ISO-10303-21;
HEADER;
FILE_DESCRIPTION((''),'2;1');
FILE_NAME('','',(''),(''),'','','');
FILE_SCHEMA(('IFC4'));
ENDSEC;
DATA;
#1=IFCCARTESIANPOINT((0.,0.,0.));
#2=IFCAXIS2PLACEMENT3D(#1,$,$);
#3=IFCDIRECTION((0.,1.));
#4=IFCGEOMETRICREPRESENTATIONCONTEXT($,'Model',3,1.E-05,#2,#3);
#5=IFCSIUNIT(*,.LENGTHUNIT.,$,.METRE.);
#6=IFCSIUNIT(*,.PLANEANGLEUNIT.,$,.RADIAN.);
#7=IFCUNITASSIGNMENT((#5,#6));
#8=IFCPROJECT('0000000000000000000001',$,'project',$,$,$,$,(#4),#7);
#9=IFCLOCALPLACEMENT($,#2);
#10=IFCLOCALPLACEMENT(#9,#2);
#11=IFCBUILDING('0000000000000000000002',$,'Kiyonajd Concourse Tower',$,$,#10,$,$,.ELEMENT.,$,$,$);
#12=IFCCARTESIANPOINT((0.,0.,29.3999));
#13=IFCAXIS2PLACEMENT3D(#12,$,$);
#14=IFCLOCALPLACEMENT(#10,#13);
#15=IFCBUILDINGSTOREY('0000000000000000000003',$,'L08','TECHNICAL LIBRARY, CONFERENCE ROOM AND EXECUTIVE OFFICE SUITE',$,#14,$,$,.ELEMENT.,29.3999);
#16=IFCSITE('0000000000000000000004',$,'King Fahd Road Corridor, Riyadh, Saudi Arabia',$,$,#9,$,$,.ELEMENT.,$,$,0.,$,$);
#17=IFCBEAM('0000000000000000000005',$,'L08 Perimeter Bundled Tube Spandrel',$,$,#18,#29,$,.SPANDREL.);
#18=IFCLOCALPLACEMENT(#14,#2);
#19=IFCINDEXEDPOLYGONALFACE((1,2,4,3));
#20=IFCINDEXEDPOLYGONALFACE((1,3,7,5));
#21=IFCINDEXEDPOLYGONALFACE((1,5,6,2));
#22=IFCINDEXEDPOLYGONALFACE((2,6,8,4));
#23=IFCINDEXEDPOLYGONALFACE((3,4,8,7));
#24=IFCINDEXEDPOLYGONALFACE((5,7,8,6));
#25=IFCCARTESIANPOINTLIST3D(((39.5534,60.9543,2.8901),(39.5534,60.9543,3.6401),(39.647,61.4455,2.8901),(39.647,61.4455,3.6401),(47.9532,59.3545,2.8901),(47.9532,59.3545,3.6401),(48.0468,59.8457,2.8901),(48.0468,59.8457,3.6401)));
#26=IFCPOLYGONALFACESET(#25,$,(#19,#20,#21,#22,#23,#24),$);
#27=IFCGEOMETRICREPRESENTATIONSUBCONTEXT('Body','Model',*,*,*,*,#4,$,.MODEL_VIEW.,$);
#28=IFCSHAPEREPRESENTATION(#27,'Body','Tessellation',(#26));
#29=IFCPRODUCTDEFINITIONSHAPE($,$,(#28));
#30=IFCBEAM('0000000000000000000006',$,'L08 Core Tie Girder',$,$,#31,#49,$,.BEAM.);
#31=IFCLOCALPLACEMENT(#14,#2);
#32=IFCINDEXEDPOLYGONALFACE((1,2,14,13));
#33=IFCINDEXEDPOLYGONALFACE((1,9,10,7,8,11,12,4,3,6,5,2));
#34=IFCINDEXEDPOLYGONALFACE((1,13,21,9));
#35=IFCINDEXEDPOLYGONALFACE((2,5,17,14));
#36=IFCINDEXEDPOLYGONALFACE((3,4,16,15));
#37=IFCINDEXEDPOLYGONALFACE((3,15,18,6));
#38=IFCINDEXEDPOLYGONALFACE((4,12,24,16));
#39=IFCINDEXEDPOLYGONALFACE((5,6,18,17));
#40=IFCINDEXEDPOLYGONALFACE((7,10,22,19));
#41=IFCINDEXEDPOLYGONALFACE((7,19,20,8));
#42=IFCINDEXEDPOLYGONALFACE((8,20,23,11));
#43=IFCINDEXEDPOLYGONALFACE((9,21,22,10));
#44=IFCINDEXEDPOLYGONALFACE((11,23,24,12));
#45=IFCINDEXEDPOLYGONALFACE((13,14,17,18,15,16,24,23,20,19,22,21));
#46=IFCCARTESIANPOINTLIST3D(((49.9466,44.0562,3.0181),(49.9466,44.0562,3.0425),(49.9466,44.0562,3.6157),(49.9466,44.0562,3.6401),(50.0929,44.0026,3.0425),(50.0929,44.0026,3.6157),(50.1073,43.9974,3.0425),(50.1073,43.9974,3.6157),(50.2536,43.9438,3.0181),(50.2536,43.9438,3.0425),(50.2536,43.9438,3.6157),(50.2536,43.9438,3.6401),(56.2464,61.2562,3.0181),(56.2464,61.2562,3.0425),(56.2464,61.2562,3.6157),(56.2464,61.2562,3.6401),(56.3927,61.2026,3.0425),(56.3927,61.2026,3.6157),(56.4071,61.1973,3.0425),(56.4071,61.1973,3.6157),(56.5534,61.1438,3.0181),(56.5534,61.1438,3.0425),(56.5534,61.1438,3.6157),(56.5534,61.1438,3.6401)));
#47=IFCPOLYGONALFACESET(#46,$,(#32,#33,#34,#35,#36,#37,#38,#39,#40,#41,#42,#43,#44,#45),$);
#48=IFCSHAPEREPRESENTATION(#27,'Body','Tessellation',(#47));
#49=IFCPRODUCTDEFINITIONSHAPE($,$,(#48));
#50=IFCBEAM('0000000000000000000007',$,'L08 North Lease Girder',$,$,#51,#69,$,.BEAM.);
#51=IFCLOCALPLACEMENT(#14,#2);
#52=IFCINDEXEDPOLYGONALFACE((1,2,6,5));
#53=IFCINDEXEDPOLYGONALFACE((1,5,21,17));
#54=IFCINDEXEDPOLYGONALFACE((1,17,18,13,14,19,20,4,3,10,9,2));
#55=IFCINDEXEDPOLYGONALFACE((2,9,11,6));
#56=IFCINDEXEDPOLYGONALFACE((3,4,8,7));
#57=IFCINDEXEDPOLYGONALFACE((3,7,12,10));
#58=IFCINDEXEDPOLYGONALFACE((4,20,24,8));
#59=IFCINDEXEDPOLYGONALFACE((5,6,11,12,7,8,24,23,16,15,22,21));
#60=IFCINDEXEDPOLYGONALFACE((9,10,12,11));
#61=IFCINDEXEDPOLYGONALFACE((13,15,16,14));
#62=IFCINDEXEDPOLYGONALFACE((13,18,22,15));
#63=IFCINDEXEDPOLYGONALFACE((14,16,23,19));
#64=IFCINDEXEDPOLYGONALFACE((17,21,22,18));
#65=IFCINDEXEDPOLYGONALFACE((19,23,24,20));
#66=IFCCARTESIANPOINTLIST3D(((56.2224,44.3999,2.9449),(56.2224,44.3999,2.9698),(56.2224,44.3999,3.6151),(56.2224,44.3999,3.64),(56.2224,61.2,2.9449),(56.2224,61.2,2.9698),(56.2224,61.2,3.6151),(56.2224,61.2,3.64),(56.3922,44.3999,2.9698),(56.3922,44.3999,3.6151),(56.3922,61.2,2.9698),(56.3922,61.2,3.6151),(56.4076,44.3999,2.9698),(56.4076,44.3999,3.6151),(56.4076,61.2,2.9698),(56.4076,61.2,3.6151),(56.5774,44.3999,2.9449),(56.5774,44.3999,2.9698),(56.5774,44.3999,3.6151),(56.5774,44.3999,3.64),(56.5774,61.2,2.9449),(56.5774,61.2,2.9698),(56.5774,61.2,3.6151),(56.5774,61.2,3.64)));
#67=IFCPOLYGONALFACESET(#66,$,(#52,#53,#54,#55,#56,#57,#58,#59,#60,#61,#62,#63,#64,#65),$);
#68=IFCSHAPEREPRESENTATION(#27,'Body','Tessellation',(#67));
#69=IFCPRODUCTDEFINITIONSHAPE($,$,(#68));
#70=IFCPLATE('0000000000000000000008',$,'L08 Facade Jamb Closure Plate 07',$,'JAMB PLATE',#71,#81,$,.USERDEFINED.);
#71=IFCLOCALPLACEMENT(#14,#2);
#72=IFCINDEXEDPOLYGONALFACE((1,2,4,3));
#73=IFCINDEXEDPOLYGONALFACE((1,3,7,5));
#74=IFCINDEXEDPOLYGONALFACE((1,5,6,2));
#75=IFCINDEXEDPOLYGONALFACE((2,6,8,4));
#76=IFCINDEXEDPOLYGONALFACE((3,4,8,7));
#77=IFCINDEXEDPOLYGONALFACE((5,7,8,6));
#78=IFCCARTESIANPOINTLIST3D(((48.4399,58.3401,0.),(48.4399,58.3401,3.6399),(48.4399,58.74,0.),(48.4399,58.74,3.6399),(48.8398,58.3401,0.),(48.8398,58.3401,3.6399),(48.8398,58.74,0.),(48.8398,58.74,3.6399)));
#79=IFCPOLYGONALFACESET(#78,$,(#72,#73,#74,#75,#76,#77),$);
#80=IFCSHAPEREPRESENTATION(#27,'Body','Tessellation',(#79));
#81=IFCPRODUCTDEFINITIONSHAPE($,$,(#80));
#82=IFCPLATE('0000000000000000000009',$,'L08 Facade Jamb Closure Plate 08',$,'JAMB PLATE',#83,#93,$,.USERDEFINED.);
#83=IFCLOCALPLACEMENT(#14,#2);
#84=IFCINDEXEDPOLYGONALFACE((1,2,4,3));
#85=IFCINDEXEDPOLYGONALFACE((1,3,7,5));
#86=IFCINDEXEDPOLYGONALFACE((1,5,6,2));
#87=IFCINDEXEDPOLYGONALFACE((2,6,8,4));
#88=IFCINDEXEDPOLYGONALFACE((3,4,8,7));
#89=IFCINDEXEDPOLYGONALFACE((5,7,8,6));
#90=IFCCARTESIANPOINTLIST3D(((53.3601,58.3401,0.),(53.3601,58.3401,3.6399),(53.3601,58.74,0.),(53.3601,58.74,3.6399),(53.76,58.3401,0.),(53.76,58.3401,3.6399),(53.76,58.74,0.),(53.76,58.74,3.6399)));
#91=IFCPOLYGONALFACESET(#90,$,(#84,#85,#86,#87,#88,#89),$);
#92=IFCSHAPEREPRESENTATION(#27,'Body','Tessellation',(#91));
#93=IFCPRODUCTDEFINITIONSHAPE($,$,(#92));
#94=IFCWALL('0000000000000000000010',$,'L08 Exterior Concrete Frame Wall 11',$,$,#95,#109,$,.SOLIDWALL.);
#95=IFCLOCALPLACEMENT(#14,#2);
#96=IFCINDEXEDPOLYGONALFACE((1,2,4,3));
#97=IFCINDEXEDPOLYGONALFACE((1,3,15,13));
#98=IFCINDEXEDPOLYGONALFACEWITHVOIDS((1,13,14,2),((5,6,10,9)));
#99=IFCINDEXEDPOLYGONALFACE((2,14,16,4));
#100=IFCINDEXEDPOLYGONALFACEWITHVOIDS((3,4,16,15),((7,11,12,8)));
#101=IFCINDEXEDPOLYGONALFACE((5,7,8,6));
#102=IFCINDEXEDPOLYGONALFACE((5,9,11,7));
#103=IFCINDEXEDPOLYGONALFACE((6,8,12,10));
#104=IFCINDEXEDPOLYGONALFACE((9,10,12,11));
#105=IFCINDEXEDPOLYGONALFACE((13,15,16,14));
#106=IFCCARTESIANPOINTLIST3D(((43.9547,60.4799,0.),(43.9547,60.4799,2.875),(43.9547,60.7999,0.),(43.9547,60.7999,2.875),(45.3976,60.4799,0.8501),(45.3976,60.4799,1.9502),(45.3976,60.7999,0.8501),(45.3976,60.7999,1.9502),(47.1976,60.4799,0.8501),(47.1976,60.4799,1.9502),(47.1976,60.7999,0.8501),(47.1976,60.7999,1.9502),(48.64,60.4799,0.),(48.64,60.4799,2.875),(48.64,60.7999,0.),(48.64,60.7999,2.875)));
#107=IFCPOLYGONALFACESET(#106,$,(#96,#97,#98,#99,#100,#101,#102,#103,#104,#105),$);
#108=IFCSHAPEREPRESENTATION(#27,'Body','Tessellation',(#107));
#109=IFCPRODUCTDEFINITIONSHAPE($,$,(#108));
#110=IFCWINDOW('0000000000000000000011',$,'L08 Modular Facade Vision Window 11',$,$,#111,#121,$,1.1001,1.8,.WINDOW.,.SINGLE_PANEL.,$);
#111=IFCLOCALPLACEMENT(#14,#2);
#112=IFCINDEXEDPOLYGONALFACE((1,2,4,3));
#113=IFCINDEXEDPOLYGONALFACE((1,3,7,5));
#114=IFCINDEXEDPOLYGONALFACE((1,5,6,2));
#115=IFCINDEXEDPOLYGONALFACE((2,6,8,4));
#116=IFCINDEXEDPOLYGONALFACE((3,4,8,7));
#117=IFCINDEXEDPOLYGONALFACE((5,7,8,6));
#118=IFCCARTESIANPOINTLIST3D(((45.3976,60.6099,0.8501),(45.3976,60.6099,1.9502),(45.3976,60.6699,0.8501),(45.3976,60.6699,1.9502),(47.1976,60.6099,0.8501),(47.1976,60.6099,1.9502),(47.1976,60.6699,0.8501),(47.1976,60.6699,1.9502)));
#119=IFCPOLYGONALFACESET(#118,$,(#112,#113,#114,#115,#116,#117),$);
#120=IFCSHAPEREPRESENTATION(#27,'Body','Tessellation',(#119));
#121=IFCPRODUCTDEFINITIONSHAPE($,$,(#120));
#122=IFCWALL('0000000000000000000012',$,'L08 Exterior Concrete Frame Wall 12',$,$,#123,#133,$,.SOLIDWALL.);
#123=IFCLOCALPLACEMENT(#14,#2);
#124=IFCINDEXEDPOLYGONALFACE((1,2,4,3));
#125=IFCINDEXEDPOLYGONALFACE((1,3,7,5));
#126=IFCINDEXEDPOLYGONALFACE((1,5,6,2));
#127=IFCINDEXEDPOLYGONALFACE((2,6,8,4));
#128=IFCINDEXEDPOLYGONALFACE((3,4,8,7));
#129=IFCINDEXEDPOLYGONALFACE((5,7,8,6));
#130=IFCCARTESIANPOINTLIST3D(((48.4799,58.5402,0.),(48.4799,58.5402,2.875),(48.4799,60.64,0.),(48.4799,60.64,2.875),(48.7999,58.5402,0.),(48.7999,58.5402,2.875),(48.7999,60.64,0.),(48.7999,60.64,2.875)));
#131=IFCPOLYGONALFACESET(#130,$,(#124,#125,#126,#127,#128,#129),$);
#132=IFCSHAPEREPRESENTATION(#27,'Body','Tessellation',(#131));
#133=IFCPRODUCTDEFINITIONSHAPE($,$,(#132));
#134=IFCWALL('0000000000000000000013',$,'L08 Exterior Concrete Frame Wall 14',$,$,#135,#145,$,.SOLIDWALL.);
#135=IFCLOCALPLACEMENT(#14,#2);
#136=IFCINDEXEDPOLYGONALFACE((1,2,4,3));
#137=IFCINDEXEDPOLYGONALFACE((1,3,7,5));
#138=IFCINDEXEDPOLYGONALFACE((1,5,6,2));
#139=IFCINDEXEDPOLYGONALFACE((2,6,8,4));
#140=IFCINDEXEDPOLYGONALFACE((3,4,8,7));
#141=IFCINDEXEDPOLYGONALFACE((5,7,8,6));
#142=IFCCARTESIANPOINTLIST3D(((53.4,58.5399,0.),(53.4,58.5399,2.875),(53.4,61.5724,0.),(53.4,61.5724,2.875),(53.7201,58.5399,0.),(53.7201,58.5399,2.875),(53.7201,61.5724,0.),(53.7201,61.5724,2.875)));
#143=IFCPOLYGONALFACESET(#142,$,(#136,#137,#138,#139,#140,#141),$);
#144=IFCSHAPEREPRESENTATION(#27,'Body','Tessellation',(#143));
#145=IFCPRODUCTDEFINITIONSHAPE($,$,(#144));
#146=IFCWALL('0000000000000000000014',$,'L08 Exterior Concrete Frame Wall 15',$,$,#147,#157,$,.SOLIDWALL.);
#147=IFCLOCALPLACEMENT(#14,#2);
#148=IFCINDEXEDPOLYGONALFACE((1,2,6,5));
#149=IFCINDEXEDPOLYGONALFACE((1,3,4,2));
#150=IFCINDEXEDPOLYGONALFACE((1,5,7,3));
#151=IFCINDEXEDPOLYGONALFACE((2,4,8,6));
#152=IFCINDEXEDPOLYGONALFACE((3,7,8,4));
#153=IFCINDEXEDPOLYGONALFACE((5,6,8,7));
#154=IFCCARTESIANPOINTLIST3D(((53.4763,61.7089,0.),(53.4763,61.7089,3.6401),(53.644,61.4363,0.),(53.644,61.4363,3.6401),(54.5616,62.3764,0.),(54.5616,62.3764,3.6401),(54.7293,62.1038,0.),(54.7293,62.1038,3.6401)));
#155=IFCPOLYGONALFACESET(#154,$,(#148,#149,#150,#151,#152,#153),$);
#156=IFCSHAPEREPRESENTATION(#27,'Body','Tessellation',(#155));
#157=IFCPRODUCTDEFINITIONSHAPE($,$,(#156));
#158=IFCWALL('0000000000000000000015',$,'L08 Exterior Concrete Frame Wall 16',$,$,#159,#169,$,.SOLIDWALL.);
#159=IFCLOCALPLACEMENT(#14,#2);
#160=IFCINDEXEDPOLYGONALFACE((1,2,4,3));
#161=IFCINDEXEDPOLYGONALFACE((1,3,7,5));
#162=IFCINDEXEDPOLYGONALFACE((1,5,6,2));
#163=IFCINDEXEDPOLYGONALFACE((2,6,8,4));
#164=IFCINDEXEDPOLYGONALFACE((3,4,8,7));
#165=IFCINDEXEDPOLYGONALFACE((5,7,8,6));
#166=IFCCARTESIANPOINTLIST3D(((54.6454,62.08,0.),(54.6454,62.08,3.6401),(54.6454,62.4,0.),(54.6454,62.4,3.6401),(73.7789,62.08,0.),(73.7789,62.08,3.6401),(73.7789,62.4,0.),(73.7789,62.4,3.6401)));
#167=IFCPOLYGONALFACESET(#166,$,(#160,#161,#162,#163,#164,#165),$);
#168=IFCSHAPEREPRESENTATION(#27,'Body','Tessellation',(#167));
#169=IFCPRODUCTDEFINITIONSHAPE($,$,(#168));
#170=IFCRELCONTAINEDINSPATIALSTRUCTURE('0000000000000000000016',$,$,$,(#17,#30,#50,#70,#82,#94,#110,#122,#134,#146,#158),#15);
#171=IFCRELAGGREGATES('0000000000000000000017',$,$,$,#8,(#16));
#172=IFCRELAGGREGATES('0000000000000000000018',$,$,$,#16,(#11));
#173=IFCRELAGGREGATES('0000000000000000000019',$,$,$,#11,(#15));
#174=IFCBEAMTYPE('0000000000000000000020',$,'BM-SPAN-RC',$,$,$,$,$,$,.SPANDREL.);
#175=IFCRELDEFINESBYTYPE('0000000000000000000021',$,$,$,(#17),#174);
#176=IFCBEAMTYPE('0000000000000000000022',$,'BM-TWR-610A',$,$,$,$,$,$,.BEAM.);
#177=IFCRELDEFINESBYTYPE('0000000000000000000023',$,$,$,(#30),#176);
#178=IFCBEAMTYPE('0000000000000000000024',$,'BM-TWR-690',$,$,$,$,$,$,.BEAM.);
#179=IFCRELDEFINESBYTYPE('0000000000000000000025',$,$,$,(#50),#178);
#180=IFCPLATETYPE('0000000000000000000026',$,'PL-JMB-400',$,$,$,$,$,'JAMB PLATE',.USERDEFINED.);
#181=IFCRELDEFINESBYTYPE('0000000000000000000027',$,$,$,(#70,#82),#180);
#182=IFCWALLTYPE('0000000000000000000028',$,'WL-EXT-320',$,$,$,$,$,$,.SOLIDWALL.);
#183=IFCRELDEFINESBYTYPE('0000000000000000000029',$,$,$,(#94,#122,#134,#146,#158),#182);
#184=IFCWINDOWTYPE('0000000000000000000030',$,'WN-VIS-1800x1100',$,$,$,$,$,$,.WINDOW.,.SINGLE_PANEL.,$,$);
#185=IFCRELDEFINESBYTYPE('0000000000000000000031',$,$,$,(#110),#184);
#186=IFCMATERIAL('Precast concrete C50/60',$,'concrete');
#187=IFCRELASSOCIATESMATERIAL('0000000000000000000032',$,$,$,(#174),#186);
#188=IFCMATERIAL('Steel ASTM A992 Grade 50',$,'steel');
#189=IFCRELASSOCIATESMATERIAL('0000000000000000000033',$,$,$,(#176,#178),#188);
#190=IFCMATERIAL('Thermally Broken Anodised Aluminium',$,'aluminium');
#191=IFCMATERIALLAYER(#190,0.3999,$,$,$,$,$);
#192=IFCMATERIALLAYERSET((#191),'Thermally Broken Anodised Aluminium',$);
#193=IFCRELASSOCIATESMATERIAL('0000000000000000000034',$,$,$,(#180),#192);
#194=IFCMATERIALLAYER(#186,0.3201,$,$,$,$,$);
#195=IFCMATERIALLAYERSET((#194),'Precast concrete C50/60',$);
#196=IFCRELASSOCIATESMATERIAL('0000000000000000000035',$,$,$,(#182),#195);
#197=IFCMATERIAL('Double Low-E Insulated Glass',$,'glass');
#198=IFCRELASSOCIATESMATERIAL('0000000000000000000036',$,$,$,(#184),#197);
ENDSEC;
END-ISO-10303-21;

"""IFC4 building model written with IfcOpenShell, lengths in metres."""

from ifc_helpers import new_model, si_unit, direction, frame, frame_2d, origin, origin_2d, place, context, subcontext, project, spatial, rectangle, i_section, extrude, material, layer, layer_set, material_profile, profile_set, type_object, element, fill, save


model = new_model("IFC4")

# Units and contexts
model_context = context("Model", 3, precision=1e-05, world=origin(), true_north=direction((0.0, 1.0)))
body_context = subcontext(model_context, "Body", "Model", "MODEL_VIEW")
ifc_project = project(units=[si_unit("LENGTHUNIT", "METRE"), si_unit("PLANEANGLEUNIT", "RADIAN")], contexts=[model_context])

# Site, building, storey
site_placement = place(None, origin())
site = spatial("IfcSite", under=ifc_project, at=site_placement, Name="King Fahd Road Corridor, Riyadh, Saudi Arabia", CompositionType="ELEMENT", RefElevation=0.0)
building_placement = place(site_placement, origin())
building = spatial("IfcBuilding", under=site, at=building_placement, Name="Kiyonajd Concourse Tower", CompositionType="ELEMENT")
storey_placement = place(building_placement, frame((0.0, 0.0, 29.3999)))
storey = spatial("IfcBuildingStorey", under=building, at=storey_placement, Name="L08", Description="TECHNICAL LIBRARY, CONFERENCE ROOM AND EXECUTIVE OFFICE SUITE", CompositionType="ELEMENT", Elevation=29.3999)

# Beams
ifc_material_1 = material(Name="Steel ASTM A992 Grade 50", Category="steel")
ifc_material_2 = material(Name="Precast concrete C50/60", Category="concrete")
ifc_material_profile_1 = material_profile(ifc_material_2, rectangle(XDim=0.5, YDim=0.75, at=origin_2d()), Name="RCBM-500x750")
ifc_profile_set_1 = profile_set([ifc_material_profile_1], Name="Precast concrete C50/60")
beam_type_1 = type_object("IfcBeamType", Name="BM-SPAN-RC", PredefinedType="SPANDREL", material=ifc_profile_set_1)
for number, where, z_axis, x_axis, name in (
    (1, (48.0, 59.6001, 3.2651), (-0.982341, 0.187098, 0.0), (-0.187098, -0.982341, 0.0), "L08 Perimeter Bundled Tube Spandrel"),
):
    element("IfcBeam", number, at=place(storey_placement, frame(where, z_axis=z_axis, x_axis=x_axis)), inside=storey, type_object=beam_type_1, Name=name, PredefinedType="SPANDREL", context=body_context, shape_type="SweptSolid", body=[
        extrude(rectangle(XDim=0.5, YDim=0.75, at=origin_2d()), origin(), (0.0, 0.0, 1.0), 8.5508),
    ])
ifc_material_profile_2 = material_profile(ifc_material_1, i_section(OverallWidth=0.3269, OverallDepth=0.6221, WebThickness=0.0154, FlangeThickness=0.0244, at=origin_2d()), Name="W610X195")
ifc_profile_set_2 = profile_set([ifc_material_profile_2], Name="Steel ASTM A992 Grade 50")
beam_type_2 = type_object("IfcBeamType", Name="BM-TWR-610A", PredefinedType="BEAM", material=ifc_profile_set_2)
beam_1_placement = place(storey_placement, frame((50.1001, 44.0, 3.3291), z_axis=(0.343925, 0.938997, 0.0), x_axis=(-0.938997, 0.343925, 0.0)))
element("IfcBeam", 2, at=beam_1_placement, inside=storey, type_object=beam_type_2, Name="L08 Core Tie Girder", PredefinedType="BEAM", context=body_context, shape_type="SweptSolid", body=[
    extrude(i_section(OverallWidth=0.3269, OverallDepth=0.6221, WebThickness=0.0154, FlangeThickness=0.0244, at=origin_2d()), origin(), (0.0, 0.0, 1.0), 18.3174),
])
ifc_material_profile_3 = material_profile(ifc_material_1, i_section(OverallWidth=0.355, OverallDepth=0.6951, WebThickness=0.0154, FlangeThickness=0.0249, at=origin_2d()), Name="W690X217")
ifc_profile_set_3 = profile_set([ifc_material_profile_3], Name="Steel ASTM A992 Grade 50")
beam_type_3 = type_object("IfcBeamType", Name="BM-TWR-690", PredefinedType="BEAM", material=ifc_profile_set_3)
beam_2_placement = place(storey_placement, frame((56.3999, 44.3999, 3.2925), z_axis=(0.0, 1.0, 0.0), x_axis=(-1.0, 0.0, 0.0)))
element("IfcBeam", 3, at=beam_2_placement, inside=storey, type_object=beam_type_3, Name="L08 North Lease Girder", PredefinedType="BEAM", context=body_context, shape_type="SweptSolid", body=[
    extrude(i_section(OverallWidth=0.355, OverallDepth=0.6951, WebThickness=0.0154, FlangeThickness=0.0249, at=origin_2d()), origin(), (0.0, 0.0, 1.0), 16.8),
])

# Plates
ifc_material_3 = material(Name="Thermally Broken Anodised Aluminium", Category="aluminium")
ifc_layer_1 = layer(ifc_material_3, 0.3999)
ifc_layer_set_1 = layer_set([ifc_layer_1], Name="Thermally Broken Anodised Aluminium")
plate_type = type_object("IfcPlateType", Name="PL-JMB-400", ElementType="JAMB PLATE", PredefinedType="USERDEFINED", material=ifc_layer_set_1)
for number, where, z_axis, x_axis, name in (
    (4, (48.6399, 58.54, 0.0), (0.0, 0.0, 1.0), (1.0, 0.0, 0.0), "L08 Facade Jamb Closure Plate 07"),
    (5, (53.5601, 58.54, 0.0), (0.0, 0.0, 1.0), (1.0, 0.0, 0.0), "L08 Facade Jamb Closure Plate 08"),
):
    element("IfcPlate", number, at=place(storey_placement, frame(where, z_axis=z_axis, x_axis=x_axis)), inside=storey, type_object=plate_type, Name=name, ObjectType="JAMB PLATE", PredefinedType="USERDEFINED", context=body_context, shape_type="SweptSolid", body=[
        extrude(rectangle(XDim=0.3999, YDim=0.3999, at=origin_2d()), origin(), (0.0, 0.0, 1.0), 3.6399),
    ])

# Wall, opening, window
ifc_layer_2 = layer(ifc_material_2, 0.3201)
ifc_layer_set_2 = layer_set([ifc_layer_2], Name="Precast concrete C50/60")
wall_type_1 = type_object("IfcWallType", Name="WL-EXT-320", PredefinedType="SOLIDWALL", material=ifc_layer_set_2)
wall_1_placement = place(storey_placement, frame((43.9546, 60.6399, 0.0), z_axis=(0.0, 0.0, 1.0), x_axis=(1.0, 0.0, 0.0)))
wall_1 = element("IfcWall", 6, at=wall_1_placement, inside=storey, type_object=wall_type_1, Name="L08 Exterior Concrete Frame Wall 11", PredefinedType="SOLIDWALL", context=body_context, shape_type="SweptSolid", body=[
    extrude(rectangle(XDim=4.6853, YDim=0.3201, at=frame_2d((2.3428, 0.0))), origin(), (0.0, 0.0, 1.0), 2.875),
])
opening_1_placement = place(wall_1_placement, frame((1.4431, 0.0, 0.8501)))
opening_1 = element("IfcOpeningElement", 7, at=opening_1_placement, cuts=wall_1, PredefinedType="OPENING", context=body_context, shape_type="SweptSolid", body=[
    extrude(rectangle(XDim=1.8, YDim=1.1001, at=frame_2d((0.8999, 0.55))), frame((0.0, 0.1699, 0.0), z_axis=(0.0, -1.0, 0.0), x_axis=(1.0, 0.0, 0.0)), (0.0, 0.0, 1.0), 0.3401),
])
ifc_material_4 = material(Name="Double Low-E Insulated Glass", Category="glass")
window_type = type_object("IfcWindowType", Name="WN-VIS-1800x1100", PartitioningType="SINGLE_PANEL", PredefinedType="WINDOW", material=ifc_material_4)
window_placement = place(opening_1_placement, origin())
window = element("IfcWindow", 8, at=window_placement, inside=storey, type_object=window_type, Name="L08 Modular Facade Vision Window 11", OverallHeight=1.1001, OverallWidth=1.8, PartitioningType="SINGLE_PANEL", PredefinedType="WINDOW", context=body_context, shape_type="SweptSolid", body=[
    extrude(rectangle(XDim=1.8, YDim=1.1001, at=frame_2d((0.8999, 0.55))), frame((0.0, 0.03, 0.0), z_axis=(0.0, -1.0, 0.0), x_axis=(1.0, 0.0, 0.0)), (0.0, 0.0, 1.0), 0.0601),
])
fill(opening_1, window)

# Walls
wall_2_placement = place(storey_placement, frame((48.6399, 60.6399, 0.0), z_axis=(0.0, 0.0, 1.0), x_axis=(0.0, -1.0, 0.0)))
element("IfcWall", 9, at=wall_2_placement, inside=storey, type_object=wall_type_1, Name="L08 Exterior Concrete Frame Wall 12", PredefinedType="SOLIDWALL", context=body_context, shape_type="SweptSolid", body=[
    extrude(rectangle(XDim=2.0999, YDim=0.3201, at=frame_2d((1.0498, 0.0))), origin(), (0.0, 0.0, 1.0), 2.875),
])
wall_3_placement = place(storey_placement, frame((53.5601, 58.54, 0.0), z_axis=(0.0, 0.0, 1.0), x_axis=(0.0, 1.0, 0.0)))
element("IfcWall", 10, at=wall_3_placement, inside=storey, type_object=wall_type_1, Name="L08 Exterior Concrete Frame Wall 14", PredefinedType="SOLIDWALL", context=body_context, shape_type="SweptSolid", body=[
    extrude(rectangle(XDim=3.0325, YDim=0.3201, at=frame_2d((1.5161, 0.0))), origin(), (0.0, 0.0, 1.0), 2.875),
])
wall_4_placement = place(storey_placement, frame((53.5601, 61.5725, 0.0), z_axis=(0.0, 0.0, 1.0), x_axis=(0.851777, 0.523905, 0.0)))
element("IfcWall", 11, at=wall_4_placement, inside=storey, type_object=wall_type_1, Name="L08 Exterior Concrete Frame Wall 15", PredefinedType="SOLIDWALL", context=body_context, shape_type="SweptSolid", body=[
    extrude(rectangle(XDim=1.2742, YDim=0.3201, at=frame_2d((0.6372, 0.0))), origin(), (0.0, 0.0, 1.0), 3.6401),
])
wall_5_placement = place(storey_placement, frame((54.6453, 62.24, 0.0), z_axis=(0.0, 0.0, 1.0), x_axis=(1.0, 0.0, 0.0)))
element("IfcWall", 12, at=wall_5_placement, inside=storey, type_object=wall_type_1, Name="L08 Exterior Concrete Frame Wall 16", PredefinedType="SOLIDWALL", context=body_context, shape_type="SweptSolid", body=[
    extrude(rectangle(XDim=19.1335, YDim=0.3201, at=frame_2d((9.5669, 0.0))), origin(), (0.0, 0.0, 1.0), 3.6401),
])

save(model, "model.ifc")
